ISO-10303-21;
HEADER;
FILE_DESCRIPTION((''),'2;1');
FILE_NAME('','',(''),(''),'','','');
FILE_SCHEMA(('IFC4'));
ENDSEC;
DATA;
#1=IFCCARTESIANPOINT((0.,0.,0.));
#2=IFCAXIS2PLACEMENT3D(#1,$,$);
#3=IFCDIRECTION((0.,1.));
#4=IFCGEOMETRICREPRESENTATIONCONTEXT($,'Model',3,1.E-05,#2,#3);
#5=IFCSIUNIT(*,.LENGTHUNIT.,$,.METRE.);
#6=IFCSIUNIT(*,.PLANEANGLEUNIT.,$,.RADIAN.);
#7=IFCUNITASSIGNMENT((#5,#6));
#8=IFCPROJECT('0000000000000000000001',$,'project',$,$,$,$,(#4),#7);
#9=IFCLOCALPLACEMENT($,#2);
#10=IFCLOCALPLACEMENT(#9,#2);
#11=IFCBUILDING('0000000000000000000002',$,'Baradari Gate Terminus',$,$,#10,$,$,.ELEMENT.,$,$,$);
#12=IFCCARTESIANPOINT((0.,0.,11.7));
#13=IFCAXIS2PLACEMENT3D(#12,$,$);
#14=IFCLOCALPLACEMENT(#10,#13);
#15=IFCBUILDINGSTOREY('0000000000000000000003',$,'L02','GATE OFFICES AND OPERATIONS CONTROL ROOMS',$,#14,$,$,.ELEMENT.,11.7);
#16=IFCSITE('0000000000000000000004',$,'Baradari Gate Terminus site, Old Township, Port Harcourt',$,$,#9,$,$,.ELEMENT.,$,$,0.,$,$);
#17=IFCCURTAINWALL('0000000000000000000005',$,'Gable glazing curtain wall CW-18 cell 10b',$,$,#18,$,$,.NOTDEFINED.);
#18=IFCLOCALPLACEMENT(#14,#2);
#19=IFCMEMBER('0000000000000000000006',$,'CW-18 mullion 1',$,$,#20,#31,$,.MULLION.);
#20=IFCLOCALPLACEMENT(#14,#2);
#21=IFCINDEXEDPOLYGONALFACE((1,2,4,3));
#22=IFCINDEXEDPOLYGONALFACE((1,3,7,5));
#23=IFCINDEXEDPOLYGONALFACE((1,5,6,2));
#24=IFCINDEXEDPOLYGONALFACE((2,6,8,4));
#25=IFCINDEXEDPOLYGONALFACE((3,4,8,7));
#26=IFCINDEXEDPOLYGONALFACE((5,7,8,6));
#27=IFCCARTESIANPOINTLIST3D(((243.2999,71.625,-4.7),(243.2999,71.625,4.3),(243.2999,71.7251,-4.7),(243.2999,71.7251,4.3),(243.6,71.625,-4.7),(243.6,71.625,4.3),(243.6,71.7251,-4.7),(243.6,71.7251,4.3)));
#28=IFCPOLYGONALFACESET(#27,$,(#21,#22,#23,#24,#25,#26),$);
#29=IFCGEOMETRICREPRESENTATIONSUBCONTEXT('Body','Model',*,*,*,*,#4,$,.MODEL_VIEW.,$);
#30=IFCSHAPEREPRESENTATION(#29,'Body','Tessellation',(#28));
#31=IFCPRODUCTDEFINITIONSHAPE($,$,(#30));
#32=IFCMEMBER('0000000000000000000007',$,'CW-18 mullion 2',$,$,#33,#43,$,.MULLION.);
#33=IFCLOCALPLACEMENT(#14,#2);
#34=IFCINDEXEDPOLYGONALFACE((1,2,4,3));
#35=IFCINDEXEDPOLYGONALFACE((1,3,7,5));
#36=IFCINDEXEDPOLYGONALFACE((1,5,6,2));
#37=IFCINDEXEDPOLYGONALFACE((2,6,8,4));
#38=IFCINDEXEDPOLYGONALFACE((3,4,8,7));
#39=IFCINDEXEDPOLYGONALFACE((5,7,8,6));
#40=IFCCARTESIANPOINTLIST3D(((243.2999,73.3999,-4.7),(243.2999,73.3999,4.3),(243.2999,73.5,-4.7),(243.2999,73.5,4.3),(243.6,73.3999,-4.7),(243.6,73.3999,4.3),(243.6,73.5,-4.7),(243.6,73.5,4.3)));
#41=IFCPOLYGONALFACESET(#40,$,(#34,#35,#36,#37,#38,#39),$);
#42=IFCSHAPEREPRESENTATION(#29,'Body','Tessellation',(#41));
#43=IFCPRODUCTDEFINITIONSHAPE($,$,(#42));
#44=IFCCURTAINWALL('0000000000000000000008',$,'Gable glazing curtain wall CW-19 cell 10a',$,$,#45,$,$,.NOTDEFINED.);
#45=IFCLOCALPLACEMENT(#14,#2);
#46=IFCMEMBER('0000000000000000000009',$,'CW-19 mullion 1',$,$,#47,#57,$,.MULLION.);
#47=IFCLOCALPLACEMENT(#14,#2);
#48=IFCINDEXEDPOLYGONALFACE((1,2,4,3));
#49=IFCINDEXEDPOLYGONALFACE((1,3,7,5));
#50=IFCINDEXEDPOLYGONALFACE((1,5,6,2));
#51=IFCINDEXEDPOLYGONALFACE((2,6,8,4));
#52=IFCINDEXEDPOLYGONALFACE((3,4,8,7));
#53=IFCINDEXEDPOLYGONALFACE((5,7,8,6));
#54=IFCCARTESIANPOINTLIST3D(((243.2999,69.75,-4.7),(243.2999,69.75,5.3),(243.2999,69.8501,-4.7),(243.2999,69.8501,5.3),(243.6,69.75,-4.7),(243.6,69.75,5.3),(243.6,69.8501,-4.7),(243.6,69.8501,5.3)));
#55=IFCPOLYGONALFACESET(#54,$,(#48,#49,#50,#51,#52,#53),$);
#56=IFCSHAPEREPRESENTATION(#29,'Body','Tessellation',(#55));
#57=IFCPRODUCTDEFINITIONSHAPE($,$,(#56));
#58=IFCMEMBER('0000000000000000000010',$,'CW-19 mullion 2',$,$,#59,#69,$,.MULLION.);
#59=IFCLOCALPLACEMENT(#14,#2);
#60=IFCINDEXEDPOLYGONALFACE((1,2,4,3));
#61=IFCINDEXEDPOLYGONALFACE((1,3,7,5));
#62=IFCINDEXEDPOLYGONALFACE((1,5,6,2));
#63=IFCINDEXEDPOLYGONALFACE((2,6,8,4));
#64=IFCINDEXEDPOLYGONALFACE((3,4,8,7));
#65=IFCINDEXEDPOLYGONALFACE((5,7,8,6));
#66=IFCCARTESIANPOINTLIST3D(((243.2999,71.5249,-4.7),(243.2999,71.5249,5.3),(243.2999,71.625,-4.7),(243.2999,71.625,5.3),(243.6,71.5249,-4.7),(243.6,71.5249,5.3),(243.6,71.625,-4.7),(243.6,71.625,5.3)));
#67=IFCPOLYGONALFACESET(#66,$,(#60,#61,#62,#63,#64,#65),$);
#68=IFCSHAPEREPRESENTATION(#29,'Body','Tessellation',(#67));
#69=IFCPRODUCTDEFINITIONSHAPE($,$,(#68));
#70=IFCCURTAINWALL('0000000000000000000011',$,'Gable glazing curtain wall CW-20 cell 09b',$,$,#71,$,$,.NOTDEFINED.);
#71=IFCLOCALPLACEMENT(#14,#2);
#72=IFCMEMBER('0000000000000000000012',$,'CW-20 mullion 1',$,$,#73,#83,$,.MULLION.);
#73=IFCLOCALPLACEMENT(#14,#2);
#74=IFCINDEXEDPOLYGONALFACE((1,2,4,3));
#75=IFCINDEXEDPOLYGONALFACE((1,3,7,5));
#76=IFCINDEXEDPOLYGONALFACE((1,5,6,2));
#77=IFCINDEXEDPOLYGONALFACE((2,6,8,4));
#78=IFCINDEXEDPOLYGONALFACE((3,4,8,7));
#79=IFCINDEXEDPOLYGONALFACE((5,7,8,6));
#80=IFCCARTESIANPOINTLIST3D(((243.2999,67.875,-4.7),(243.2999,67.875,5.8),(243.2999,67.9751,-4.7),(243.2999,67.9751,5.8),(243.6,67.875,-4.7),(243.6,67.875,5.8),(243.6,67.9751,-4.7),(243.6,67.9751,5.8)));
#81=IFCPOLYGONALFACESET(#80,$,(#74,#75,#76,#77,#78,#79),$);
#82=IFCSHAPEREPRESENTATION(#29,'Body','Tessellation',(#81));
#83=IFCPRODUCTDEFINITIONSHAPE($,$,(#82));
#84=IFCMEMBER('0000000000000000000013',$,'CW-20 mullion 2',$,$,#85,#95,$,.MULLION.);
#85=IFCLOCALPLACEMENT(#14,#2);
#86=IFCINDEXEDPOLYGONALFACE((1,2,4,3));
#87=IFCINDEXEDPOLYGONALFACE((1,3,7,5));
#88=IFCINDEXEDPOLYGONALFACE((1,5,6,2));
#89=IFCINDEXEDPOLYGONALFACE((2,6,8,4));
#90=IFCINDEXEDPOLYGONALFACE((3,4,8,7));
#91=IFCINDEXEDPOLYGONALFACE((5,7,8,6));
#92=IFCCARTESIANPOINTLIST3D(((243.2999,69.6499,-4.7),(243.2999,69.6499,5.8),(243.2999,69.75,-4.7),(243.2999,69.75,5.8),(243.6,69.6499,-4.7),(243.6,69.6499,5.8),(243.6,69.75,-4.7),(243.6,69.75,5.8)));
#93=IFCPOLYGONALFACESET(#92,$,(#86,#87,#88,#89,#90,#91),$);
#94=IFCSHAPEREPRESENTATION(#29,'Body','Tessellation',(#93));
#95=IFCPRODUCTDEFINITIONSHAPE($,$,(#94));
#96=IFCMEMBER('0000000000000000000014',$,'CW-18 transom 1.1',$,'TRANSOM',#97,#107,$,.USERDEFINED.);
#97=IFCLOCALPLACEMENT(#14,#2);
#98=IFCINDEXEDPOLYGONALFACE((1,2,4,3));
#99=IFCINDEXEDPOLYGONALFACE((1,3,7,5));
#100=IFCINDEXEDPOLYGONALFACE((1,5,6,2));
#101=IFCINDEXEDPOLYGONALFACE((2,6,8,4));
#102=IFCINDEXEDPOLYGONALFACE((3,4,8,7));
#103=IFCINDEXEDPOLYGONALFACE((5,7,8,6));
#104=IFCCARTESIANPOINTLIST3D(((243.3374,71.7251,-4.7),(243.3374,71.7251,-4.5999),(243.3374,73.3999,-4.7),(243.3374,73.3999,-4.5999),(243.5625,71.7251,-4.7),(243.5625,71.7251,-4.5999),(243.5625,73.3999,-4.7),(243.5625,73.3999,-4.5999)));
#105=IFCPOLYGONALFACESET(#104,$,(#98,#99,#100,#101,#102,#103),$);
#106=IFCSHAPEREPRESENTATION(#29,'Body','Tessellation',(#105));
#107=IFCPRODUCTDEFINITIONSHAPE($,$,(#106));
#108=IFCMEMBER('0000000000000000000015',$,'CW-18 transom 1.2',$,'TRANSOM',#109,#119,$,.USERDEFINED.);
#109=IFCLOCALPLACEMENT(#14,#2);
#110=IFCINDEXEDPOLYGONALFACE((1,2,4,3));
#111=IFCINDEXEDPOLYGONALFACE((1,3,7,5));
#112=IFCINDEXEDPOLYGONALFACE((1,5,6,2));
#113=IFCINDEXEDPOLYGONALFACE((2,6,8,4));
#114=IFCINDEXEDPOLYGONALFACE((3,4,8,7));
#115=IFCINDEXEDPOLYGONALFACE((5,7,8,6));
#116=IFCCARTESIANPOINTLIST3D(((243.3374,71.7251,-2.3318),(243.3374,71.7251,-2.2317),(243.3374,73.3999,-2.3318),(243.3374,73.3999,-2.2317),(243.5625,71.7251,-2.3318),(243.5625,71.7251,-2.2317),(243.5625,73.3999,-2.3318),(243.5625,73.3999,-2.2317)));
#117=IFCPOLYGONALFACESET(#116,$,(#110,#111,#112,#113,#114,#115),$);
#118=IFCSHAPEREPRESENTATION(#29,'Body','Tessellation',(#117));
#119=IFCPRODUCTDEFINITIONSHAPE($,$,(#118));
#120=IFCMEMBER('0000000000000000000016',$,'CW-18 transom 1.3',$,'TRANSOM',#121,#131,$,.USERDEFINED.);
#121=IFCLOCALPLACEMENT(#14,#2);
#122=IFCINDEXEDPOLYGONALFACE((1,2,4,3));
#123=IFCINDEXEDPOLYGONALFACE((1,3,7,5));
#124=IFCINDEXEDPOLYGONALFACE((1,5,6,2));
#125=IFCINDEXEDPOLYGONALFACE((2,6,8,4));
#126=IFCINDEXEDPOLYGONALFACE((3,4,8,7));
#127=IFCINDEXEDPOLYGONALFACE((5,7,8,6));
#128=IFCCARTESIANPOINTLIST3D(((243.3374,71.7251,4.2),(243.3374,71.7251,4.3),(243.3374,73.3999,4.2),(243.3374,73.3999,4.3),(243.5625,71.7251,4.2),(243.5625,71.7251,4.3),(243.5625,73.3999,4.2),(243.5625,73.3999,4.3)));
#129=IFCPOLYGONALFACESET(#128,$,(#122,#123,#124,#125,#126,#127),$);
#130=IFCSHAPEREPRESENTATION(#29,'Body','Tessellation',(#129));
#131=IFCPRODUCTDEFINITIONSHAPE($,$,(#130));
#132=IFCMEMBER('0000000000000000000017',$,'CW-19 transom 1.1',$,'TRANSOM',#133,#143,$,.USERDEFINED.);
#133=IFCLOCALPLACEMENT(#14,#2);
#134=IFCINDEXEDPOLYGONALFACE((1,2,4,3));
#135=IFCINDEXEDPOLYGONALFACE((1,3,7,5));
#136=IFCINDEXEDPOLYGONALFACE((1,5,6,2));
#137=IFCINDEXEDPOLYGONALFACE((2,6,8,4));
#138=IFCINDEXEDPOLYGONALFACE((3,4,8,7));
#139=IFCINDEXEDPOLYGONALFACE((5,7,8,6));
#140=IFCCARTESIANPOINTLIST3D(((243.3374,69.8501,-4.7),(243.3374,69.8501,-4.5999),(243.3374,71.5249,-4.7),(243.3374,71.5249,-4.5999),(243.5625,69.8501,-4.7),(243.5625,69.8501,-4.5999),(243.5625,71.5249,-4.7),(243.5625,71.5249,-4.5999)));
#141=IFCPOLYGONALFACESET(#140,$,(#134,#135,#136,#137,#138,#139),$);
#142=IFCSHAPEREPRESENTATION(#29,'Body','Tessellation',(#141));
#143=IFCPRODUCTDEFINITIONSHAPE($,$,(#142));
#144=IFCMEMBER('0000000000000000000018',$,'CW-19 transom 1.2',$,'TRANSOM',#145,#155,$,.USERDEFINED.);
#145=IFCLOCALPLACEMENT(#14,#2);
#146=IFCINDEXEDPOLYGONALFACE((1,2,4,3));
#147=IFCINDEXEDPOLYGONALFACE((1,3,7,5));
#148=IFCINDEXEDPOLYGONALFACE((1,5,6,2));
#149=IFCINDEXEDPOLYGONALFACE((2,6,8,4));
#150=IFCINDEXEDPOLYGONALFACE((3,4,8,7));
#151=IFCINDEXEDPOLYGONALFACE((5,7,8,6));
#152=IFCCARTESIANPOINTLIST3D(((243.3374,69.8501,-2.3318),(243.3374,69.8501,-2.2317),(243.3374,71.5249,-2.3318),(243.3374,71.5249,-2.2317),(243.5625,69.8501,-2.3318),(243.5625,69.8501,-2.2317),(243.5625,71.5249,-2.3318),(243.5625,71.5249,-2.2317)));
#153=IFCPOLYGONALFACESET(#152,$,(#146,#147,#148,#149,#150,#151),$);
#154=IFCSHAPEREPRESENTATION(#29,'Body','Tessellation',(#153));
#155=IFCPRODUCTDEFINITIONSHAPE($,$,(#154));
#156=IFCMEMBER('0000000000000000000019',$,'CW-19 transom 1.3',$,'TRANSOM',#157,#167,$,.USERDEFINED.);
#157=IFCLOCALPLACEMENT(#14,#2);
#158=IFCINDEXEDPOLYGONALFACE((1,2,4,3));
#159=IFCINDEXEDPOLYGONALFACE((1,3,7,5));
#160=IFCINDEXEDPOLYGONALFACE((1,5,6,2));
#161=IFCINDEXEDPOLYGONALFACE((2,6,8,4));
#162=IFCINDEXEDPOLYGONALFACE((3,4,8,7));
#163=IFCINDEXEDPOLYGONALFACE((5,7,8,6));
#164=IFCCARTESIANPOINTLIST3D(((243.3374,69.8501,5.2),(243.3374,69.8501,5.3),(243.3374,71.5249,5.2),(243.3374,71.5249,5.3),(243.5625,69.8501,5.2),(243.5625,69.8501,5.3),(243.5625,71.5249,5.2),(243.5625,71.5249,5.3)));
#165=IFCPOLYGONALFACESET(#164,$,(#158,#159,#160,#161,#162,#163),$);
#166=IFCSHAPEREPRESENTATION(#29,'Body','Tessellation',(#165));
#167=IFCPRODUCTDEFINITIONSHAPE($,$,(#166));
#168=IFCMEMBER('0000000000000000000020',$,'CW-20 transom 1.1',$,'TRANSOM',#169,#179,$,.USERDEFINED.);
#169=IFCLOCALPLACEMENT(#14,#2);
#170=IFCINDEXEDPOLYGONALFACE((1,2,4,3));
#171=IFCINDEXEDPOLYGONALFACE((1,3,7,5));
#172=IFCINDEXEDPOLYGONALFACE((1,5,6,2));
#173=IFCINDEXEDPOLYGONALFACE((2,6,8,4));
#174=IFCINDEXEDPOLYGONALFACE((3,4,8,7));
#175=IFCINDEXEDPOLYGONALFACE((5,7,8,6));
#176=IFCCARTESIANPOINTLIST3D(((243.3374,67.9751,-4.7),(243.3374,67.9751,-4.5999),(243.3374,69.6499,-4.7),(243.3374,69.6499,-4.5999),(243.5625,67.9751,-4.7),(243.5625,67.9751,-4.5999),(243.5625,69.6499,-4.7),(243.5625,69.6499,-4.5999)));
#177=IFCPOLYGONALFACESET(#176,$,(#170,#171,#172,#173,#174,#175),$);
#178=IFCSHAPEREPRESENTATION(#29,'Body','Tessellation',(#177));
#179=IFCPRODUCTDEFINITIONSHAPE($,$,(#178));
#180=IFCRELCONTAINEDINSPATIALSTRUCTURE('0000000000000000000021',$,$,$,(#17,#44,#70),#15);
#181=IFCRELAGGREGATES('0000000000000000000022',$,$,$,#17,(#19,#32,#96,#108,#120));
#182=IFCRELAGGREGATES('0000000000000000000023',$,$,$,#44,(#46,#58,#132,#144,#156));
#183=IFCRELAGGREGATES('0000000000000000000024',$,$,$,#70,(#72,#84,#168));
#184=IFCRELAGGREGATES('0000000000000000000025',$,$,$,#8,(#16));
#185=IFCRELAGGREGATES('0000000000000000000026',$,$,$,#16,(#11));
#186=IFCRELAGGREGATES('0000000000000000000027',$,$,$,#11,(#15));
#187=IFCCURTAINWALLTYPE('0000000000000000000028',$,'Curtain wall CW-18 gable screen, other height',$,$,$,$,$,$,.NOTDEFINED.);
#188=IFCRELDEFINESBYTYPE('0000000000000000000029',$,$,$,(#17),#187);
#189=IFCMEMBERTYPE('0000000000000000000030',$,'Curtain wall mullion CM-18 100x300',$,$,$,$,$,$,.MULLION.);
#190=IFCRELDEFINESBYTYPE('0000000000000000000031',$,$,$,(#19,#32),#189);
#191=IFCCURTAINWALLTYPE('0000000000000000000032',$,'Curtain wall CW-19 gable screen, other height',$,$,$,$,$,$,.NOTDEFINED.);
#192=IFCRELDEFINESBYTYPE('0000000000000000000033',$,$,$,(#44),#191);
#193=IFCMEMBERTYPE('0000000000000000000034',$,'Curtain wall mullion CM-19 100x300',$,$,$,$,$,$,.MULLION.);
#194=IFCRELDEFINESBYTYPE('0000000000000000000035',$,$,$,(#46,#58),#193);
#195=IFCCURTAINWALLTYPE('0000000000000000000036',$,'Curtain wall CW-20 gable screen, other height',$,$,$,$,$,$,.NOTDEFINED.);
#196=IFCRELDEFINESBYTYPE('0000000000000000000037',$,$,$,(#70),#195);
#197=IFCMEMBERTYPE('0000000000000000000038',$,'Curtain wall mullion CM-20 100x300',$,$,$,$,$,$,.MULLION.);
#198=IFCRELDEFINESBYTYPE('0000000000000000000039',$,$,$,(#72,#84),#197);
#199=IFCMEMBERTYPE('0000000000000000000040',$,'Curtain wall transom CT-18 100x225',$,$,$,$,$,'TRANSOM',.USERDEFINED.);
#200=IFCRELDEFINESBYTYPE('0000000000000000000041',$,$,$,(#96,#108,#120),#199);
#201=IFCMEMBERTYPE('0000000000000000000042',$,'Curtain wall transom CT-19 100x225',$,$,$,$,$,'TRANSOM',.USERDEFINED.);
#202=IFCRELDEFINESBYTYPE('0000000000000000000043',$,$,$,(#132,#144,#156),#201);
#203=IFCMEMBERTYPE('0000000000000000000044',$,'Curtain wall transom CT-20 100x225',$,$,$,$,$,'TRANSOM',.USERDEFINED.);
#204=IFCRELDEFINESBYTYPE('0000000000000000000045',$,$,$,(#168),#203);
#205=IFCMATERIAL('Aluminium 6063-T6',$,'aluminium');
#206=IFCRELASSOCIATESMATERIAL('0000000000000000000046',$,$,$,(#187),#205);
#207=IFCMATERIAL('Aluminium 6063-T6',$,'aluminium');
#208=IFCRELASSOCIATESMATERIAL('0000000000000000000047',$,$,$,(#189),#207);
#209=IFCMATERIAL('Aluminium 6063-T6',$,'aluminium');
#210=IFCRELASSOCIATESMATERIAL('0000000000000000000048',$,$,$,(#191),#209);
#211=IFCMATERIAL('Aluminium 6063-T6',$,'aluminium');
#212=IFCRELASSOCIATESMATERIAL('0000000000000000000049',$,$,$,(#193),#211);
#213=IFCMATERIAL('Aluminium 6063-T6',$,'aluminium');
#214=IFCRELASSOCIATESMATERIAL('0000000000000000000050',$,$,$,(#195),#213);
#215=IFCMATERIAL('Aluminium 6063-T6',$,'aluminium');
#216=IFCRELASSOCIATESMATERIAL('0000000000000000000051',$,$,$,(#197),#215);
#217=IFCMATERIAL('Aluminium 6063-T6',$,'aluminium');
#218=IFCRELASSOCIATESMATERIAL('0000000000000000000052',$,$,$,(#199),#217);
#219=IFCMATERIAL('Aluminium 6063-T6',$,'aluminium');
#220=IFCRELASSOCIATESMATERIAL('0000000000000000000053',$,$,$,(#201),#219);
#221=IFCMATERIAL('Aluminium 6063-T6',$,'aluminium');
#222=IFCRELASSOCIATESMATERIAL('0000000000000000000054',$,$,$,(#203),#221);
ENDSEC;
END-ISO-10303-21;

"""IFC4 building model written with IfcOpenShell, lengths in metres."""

from ifc_helpers import new_model, si_unit, direction, frame, origin, origin_2d, place, context, subcontext, project, spatial, rectangle, extrude, material, material_profile, profile_set, type_object, element, aggregate, save


model = new_model("IFC4")

# Units and contexts
model_context = context("Model", 3, precision=1e-05, world=origin(), true_north=direction((0.0, 1.0)))
body_context = subcontext(model_context, "Body", "Model", "MODEL_VIEW")
ifc_project = project(units=[si_unit("LENGTHUNIT", "METRE"), si_unit("PLANEANGLEUNIT", "RADIAN")], contexts=[model_context])

# Site, building, storey
site_placement = place(None, origin())
site = spatial("IfcSite", under=ifc_project, at=site_placement, Name="Baradari Gate Terminus site, Old Township, Port Harcourt", CompositionType="ELEMENT", RefElevation=0.0)
building_placement = place(site_placement, origin())
building = spatial("IfcBuilding", under=site, at=building_placement, Name="Baradari Gate Terminus", CompositionType="ELEMENT")
storey_placement = place(building_placement, frame((0.0, 0.0, 11.7)))
storey = spatial("IfcBuildingStorey", under=building, at=storey_placement, Name="L02", Description="GATE OFFICES AND OPERATIONS CONTROL ROOMS", CompositionType="ELEMENT", Elevation=11.7)

# Curtain walls, members
ifc_material_1 = material(Name="Aluminium 6063-T6", Category="aluminium")
curtain_wall_type_1 = type_object("IfcCurtainWallType", Name="Curtain wall CW-18 gable screen, other height", PredefinedType="NOTDEFINED", material=ifc_material_1)
curtain_wall_1_placement = place(storey_placement, origin())
curtain_wall_1 = element("IfcCurtainWall", 1, at=curtain_wall_1_placement, inside=storey, type_object=curtain_wall_type_1, Name="Gable glazing curtain wall CW-18 cell 10b", PredefinedType="NOTDEFINED")
ifc_material_2 = material(Name="Aluminium 6063-T6", Category="aluminium")
ifc_material_profile_1 = material_profile(ifc_material_2, rectangle(XDim=0.3, YDim=0.1001, at=origin_2d()), Name="CM-18 100X300")
ifc_profile_set_1 = profile_set([ifc_material_profile_1], Name="Aluminium 6063-T6")
member_type_1 = type_object("IfcMemberType", Name="Curtain wall mullion CM-18 100x300", PredefinedType="MULLION", material=ifc_profile_set_1)
member_1_placement = place(storey_placement, frame((243.45, 71.675, -4.7), z_axis=(0.0, 0.0, 1.0), x_axis=(-1.0, 0.0, 0.0)))
member_1 = element("IfcMember", 2, at=member_1_placement, type_object=member_type_1, Name="CW-18 mullion 1", PredefinedType="MULLION", context=body_context, shape_type="SweptSolid", body=[
    extrude(rectangle(XDim=0.3, YDim=0.1001, at=origin_2d()), origin(), (0.0, 0.0, 1.0), 9.0),
])
member_2_placement = place(storey_placement, frame((243.45, 73.45, -4.7), z_axis=(0.0, 0.0, 1.0), x_axis=(-1.0, 0.0, 0.0)))
member_2 = element("IfcMember", 3, at=member_2_placement, type_object=member_type_1, Name="CW-18 mullion 2", PredefinedType="MULLION", context=body_context, shape_type="SweptSolid", body=[
    extrude(rectangle(XDim=0.3, YDim=0.1001, at=origin_2d()), origin(), (0.0, 0.0, 1.0), 9.0),
])
ifc_material_3 = material(Name="Aluminium 6063-T6", Category="aluminium")
curtain_wall_type_2 = type_object("IfcCurtainWallType", Name="Curtain wall CW-19 gable screen, other height", PredefinedType="NOTDEFINED", material=ifc_material_3)
curtain_wall_2_placement = place(storey_placement, origin())
curtain_wall_2 = element("IfcCurtainWall", 4, at=curtain_wall_2_placement, inside=storey, type_object=curtain_wall_type_2, Name="Gable glazing curtain wall CW-19 cell 10a", PredefinedType="NOTDEFINED")
ifc_material_4 = material(Name="Aluminium 6063-T6", Category="aluminium")
ifc_material_profile_2 = material_profile(ifc_material_4, rectangle(XDim=0.3, YDim=0.1001, at=origin_2d()), Name="CM-19 100X300")
ifc_profile_set_2 = profile_set([ifc_material_profile_2], Name="Aluminium 6063-T6")
member_type_2 = type_object("IfcMemberType", Name="Curtain wall mullion CM-19 100x300", PredefinedType="MULLION", material=ifc_profile_set_2)
member_3_placement = place(storey_placement, frame((243.45, 69.8, -4.7), z_axis=(0.0, 0.0, 1.0), x_axis=(-1.0, 0.0, 0.0)))
member_3 = element("IfcMember", 5, at=member_3_placement, type_object=member_type_2, Name="CW-19 mullion 1", PredefinedType="MULLION", context=body_context, shape_type="SweptSolid", body=[
    extrude(rectangle(XDim=0.3, YDim=0.1001, at=origin_2d()), origin(), (0.0, 0.0, 1.0), 10.0),
])
member_4_placement = place(storey_placement, frame((243.45, 71.575, -4.7), z_axis=(0.0, 0.0, 1.0), x_axis=(-1.0, 0.0, 0.0)))
member_4 = element("IfcMember", 6, at=member_4_placement, type_object=member_type_2, Name="CW-19 mullion 2", PredefinedType="MULLION", context=body_context, shape_type="SweptSolid", body=[
    extrude(rectangle(XDim=0.3, YDim=0.1001, at=origin_2d()), origin(), (0.0, 0.0, 1.0), 10.0),
])
ifc_material_5 = material(Name="Aluminium 6063-T6", Category="aluminium")
curtain_wall_type_3 = type_object("IfcCurtainWallType", Name="Curtain wall CW-20 gable screen, other height", PredefinedType="NOTDEFINED", material=ifc_material_5)
curtain_wall_3_placement = place(storey_placement, origin())
curtain_wall_3 = element("IfcCurtainWall", 7, at=curtain_wall_3_placement, inside=storey, type_object=curtain_wall_type_3, Name="Gable glazing curtain wall CW-20 cell 09b", PredefinedType="NOTDEFINED")
ifc_material_6 = material(Name="Aluminium 6063-T6", Category="aluminium")
ifc_material_profile_3 = material_profile(ifc_material_6, rectangle(XDim=0.3, YDim=0.1001, at=origin_2d()), Name="CM-20 100X300")
ifc_profile_set_3 = profile_set([ifc_material_profile_3], Name="Aluminium 6063-T6")
member_type_3 = type_object("IfcMemberType", Name="Curtain wall mullion CM-20 100x300", PredefinedType="MULLION", material=ifc_profile_set_3)
member_5_placement = place(storey_placement, frame((243.45, 67.925, -4.7), z_axis=(0.0, 0.0, 1.0), x_axis=(-1.0, 0.0, 0.0)))
member_5 = element("IfcMember", 8, at=member_5_placement, type_object=member_type_3, Name="CW-20 mullion 1", PredefinedType="MULLION", context=body_context, shape_type="SweptSolid", body=[
    extrude(rectangle(XDim=0.3, YDim=0.1001, at=origin_2d()), origin(), (0.0, 0.0, 1.0), 10.5),
])
member_6_placement = place(storey_placement, frame((243.45, 69.7, -4.7), z_axis=(0.0, 0.0, 1.0), x_axis=(-1.0, 0.0, 0.0)))
member_6 = element("IfcMember", 9, at=member_6_placement, type_object=member_type_3, Name="CW-20 mullion 2", PredefinedType="MULLION", context=body_context, shape_type="SweptSolid", body=[
    extrude(rectangle(XDim=0.3, YDim=0.1001, at=origin_2d()), origin(), (0.0, 0.0, 1.0), 10.5),
])

# Members
ifc_material_7 = material(Name="Aluminium 6063-T6", Category="aluminium")
ifc_material_profile_4 = material_profile(ifc_material_7, rectangle(XDim=0.2251, YDim=0.1001, at=origin_2d()), Name="CT-18 100X225")
ifc_profile_set_4 = profile_set([ifc_material_profile_4], Name="Aluminium 6063-T6")
member_type_4 = type_object("IfcMemberType", Name="Curtain wall transom CT-18 100x225", ElementType="TRANSOM", PredefinedType="USERDEFINED", material=ifc_profile_set_4)
member_7_placement = place(storey_placement, frame((243.45, 71.7251, -4.6499), z_axis=(0.0, 1.0, 0.0), x_axis=(-1.0, 0.0, 0.0)))
member_7 = element("IfcMember", 10, at=member_7_placement, type_object=member_type_4, Name="CW-18 transom 1.1", ObjectType="TRANSOM", PredefinedType="USERDEFINED", context=body_context, shape_type="SweptSolid", body=[
    extrude(rectangle(XDim=0.2251, YDim=0.1001, at=origin_2d()), origin(), (0.0, 0.0, 1.0), 1.6748),
])
member_8_placement = place(storey_placement, frame((243.45, 71.7251, -2.2817), z_axis=(0.0, 1.0, 0.0), x_axis=(-1.0, 0.0, 0.0)))
member_8 = element("IfcMember", 11, at=member_8_placement, type_object=member_type_4, Name="CW-18 transom 1.2", ObjectType="TRANSOM", PredefinedType="USERDEFINED", context=body_context, shape_type="SweptSolid", body=[
    extrude(rectangle(XDim=0.2251, YDim=0.1001, at=origin_2d()), origin(), (0.0, 0.0, 1.0), 1.6748),
])
member_9_placement = place(storey_placement, frame((243.45, 71.7251, 4.25), z_axis=(0.0, 1.0, 0.0), x_axis=(-1.0, 0.0, 0.0)))
member_9 = element("IfcMember", 12, at=member_9_placement, type_object=member_type_4, Name="CW-18 transom 1.3", ObjectType="TRANSOM", PredefinedType="USERDEFINED", context=body_context, shape_type="SweptSolid", body=[
    extrude(rectangle(XDim=0.2251, YDim=0.1001, at=origin_2d()), origin(), (0.0, 0.0, 1.0), 1.6748),
])
ifc_material_8 = material(Name="Aluminium 6063-T6", Category="aluminium")
ifc_material_profile_5 = material_profile(ifc_material_8, rectangle(XDim=0.2251, YDim=0.1001, at=origin_2d()), Name="CT-19 100X225")
ifc_profile_set_5 = profile_set([ifc_material_profile_5], Name="Aluminium 6063-T6")
member_type_5 = type_object("IfcMemberType", Name="Curtain wall transom CT-19 100x225", ElementType="TRANSOM", PredefinedType="USERDEFINED", material=ifc_profile_set_5)
member_10_placement = place(storey_placement, frame((243.45, 69.8501, -4.6499), z_axis=(0.0, 1.0, 0.0), x_axis=(-1.0, 0.0, 0.0)))
member_10 = element("IfcMember", 13, at=member_10_placement, type_object=member_type_5, Name="CW-19 transom 1.1", ObjectType="TRANSOM", PredefinedType="USERDEFINED", context=body_context, shape_type="SweptSolid", body=[
    extrude(rectangle(XDim=0.2251, YDim=0.1001, at=origin_2d()), origin(), (0.0, 0.0, 1.0), 1.6748),
])
member_11_placement = place(storey_placement, frame((243.45, 69.8501, -2.2817), z_axis=(0.0, 1.0, 0.0), x_axis=(-1.0, 0.0, 0.0)))
member_11 = element("IfcMember", 14, at=member_11_placement, type_object=member_type_5, Name="CW-19 transom 1.2", ObjectType="TRANSOM", PredefinedType="USERDEFINED", context=body_context, shape_type="SweptSolid", body=[
    extrude(rectangle(XDim=0.2251, YDim=0.1001, at=origin_2d()), origin(), (0.0, 0.0, 1.0), 1.6748),
])
member_12_placement = place(storey_placement, frame((243.45, 69.8501, 5.25), z_axis=(0.0, 1.0, 0.0), x_axis=(-1.0, 0.0, 0.0)))
member_12 = element("IfcMember", 15, at=member_12_placement, type_object=member_type_5, Name="CW-19 transom 1.3", ObjectType="TRANSOM", PredefinedType="USERDEFINED", context=body_context, shape_type="SweptSolid", body=[
    extrude(rectangle(XDim=0.2251, YDim=0.1001, at=origin_2d()), origin(), (0.0, 0.0, 1.0), 1.6748),
])
ifc_material_9 = material(Name="Aluminium 6063-T6", Category="aluminium")
ifc_material_profile_6 = material_profile(ifc_material_9, rectangle(XDim=0.2251, YDim=0.1001, at=origin_2d()), Name="CT-20 100X225")
ifc_profile_set_6 = profile_set([ifc_material_profile_6], Name="Aluminium 6063-T6")
member_type_6 = type_object("IfcMemberType", Name="Curtain wall transom CT-20 100x225", ElementType="TRANSOM", PredefinedType="USERDEFINED", material=ifc_profile_set_6)
member_13_placement = place(storey_placement, frame((243.45, 67.9751, -4.6499), z_axis=(0.0, 1.0, 0.0), x_axis=(-1.0, 0.0, 0.0)))
member_13 = element("IfcMember", 16, at=member_13_placement, type_object=member_type_6, Name="CW-20 transom 1.1", ObjectType="TRANSOM", PredefinedType="USERDEFINED", context=body_context, shape_type="SweptSolid", body=[
    extrude(rectangle(XDim=0.2251, YDim=0.1001, at=origin_2d()), origin(), (0.0, 0.0, 1.0), 1.6748),
])

aggregate(curtain_wall_1, [member_1, member_2, member_7, member_8, member_9])
aggregate(curtain_wall_2, [member_3, member_4, member_10, member_11, member_12])
aggregate(curtain_wall_3, [member_5, member_6, member_13])

save(model, "model.ifc")
